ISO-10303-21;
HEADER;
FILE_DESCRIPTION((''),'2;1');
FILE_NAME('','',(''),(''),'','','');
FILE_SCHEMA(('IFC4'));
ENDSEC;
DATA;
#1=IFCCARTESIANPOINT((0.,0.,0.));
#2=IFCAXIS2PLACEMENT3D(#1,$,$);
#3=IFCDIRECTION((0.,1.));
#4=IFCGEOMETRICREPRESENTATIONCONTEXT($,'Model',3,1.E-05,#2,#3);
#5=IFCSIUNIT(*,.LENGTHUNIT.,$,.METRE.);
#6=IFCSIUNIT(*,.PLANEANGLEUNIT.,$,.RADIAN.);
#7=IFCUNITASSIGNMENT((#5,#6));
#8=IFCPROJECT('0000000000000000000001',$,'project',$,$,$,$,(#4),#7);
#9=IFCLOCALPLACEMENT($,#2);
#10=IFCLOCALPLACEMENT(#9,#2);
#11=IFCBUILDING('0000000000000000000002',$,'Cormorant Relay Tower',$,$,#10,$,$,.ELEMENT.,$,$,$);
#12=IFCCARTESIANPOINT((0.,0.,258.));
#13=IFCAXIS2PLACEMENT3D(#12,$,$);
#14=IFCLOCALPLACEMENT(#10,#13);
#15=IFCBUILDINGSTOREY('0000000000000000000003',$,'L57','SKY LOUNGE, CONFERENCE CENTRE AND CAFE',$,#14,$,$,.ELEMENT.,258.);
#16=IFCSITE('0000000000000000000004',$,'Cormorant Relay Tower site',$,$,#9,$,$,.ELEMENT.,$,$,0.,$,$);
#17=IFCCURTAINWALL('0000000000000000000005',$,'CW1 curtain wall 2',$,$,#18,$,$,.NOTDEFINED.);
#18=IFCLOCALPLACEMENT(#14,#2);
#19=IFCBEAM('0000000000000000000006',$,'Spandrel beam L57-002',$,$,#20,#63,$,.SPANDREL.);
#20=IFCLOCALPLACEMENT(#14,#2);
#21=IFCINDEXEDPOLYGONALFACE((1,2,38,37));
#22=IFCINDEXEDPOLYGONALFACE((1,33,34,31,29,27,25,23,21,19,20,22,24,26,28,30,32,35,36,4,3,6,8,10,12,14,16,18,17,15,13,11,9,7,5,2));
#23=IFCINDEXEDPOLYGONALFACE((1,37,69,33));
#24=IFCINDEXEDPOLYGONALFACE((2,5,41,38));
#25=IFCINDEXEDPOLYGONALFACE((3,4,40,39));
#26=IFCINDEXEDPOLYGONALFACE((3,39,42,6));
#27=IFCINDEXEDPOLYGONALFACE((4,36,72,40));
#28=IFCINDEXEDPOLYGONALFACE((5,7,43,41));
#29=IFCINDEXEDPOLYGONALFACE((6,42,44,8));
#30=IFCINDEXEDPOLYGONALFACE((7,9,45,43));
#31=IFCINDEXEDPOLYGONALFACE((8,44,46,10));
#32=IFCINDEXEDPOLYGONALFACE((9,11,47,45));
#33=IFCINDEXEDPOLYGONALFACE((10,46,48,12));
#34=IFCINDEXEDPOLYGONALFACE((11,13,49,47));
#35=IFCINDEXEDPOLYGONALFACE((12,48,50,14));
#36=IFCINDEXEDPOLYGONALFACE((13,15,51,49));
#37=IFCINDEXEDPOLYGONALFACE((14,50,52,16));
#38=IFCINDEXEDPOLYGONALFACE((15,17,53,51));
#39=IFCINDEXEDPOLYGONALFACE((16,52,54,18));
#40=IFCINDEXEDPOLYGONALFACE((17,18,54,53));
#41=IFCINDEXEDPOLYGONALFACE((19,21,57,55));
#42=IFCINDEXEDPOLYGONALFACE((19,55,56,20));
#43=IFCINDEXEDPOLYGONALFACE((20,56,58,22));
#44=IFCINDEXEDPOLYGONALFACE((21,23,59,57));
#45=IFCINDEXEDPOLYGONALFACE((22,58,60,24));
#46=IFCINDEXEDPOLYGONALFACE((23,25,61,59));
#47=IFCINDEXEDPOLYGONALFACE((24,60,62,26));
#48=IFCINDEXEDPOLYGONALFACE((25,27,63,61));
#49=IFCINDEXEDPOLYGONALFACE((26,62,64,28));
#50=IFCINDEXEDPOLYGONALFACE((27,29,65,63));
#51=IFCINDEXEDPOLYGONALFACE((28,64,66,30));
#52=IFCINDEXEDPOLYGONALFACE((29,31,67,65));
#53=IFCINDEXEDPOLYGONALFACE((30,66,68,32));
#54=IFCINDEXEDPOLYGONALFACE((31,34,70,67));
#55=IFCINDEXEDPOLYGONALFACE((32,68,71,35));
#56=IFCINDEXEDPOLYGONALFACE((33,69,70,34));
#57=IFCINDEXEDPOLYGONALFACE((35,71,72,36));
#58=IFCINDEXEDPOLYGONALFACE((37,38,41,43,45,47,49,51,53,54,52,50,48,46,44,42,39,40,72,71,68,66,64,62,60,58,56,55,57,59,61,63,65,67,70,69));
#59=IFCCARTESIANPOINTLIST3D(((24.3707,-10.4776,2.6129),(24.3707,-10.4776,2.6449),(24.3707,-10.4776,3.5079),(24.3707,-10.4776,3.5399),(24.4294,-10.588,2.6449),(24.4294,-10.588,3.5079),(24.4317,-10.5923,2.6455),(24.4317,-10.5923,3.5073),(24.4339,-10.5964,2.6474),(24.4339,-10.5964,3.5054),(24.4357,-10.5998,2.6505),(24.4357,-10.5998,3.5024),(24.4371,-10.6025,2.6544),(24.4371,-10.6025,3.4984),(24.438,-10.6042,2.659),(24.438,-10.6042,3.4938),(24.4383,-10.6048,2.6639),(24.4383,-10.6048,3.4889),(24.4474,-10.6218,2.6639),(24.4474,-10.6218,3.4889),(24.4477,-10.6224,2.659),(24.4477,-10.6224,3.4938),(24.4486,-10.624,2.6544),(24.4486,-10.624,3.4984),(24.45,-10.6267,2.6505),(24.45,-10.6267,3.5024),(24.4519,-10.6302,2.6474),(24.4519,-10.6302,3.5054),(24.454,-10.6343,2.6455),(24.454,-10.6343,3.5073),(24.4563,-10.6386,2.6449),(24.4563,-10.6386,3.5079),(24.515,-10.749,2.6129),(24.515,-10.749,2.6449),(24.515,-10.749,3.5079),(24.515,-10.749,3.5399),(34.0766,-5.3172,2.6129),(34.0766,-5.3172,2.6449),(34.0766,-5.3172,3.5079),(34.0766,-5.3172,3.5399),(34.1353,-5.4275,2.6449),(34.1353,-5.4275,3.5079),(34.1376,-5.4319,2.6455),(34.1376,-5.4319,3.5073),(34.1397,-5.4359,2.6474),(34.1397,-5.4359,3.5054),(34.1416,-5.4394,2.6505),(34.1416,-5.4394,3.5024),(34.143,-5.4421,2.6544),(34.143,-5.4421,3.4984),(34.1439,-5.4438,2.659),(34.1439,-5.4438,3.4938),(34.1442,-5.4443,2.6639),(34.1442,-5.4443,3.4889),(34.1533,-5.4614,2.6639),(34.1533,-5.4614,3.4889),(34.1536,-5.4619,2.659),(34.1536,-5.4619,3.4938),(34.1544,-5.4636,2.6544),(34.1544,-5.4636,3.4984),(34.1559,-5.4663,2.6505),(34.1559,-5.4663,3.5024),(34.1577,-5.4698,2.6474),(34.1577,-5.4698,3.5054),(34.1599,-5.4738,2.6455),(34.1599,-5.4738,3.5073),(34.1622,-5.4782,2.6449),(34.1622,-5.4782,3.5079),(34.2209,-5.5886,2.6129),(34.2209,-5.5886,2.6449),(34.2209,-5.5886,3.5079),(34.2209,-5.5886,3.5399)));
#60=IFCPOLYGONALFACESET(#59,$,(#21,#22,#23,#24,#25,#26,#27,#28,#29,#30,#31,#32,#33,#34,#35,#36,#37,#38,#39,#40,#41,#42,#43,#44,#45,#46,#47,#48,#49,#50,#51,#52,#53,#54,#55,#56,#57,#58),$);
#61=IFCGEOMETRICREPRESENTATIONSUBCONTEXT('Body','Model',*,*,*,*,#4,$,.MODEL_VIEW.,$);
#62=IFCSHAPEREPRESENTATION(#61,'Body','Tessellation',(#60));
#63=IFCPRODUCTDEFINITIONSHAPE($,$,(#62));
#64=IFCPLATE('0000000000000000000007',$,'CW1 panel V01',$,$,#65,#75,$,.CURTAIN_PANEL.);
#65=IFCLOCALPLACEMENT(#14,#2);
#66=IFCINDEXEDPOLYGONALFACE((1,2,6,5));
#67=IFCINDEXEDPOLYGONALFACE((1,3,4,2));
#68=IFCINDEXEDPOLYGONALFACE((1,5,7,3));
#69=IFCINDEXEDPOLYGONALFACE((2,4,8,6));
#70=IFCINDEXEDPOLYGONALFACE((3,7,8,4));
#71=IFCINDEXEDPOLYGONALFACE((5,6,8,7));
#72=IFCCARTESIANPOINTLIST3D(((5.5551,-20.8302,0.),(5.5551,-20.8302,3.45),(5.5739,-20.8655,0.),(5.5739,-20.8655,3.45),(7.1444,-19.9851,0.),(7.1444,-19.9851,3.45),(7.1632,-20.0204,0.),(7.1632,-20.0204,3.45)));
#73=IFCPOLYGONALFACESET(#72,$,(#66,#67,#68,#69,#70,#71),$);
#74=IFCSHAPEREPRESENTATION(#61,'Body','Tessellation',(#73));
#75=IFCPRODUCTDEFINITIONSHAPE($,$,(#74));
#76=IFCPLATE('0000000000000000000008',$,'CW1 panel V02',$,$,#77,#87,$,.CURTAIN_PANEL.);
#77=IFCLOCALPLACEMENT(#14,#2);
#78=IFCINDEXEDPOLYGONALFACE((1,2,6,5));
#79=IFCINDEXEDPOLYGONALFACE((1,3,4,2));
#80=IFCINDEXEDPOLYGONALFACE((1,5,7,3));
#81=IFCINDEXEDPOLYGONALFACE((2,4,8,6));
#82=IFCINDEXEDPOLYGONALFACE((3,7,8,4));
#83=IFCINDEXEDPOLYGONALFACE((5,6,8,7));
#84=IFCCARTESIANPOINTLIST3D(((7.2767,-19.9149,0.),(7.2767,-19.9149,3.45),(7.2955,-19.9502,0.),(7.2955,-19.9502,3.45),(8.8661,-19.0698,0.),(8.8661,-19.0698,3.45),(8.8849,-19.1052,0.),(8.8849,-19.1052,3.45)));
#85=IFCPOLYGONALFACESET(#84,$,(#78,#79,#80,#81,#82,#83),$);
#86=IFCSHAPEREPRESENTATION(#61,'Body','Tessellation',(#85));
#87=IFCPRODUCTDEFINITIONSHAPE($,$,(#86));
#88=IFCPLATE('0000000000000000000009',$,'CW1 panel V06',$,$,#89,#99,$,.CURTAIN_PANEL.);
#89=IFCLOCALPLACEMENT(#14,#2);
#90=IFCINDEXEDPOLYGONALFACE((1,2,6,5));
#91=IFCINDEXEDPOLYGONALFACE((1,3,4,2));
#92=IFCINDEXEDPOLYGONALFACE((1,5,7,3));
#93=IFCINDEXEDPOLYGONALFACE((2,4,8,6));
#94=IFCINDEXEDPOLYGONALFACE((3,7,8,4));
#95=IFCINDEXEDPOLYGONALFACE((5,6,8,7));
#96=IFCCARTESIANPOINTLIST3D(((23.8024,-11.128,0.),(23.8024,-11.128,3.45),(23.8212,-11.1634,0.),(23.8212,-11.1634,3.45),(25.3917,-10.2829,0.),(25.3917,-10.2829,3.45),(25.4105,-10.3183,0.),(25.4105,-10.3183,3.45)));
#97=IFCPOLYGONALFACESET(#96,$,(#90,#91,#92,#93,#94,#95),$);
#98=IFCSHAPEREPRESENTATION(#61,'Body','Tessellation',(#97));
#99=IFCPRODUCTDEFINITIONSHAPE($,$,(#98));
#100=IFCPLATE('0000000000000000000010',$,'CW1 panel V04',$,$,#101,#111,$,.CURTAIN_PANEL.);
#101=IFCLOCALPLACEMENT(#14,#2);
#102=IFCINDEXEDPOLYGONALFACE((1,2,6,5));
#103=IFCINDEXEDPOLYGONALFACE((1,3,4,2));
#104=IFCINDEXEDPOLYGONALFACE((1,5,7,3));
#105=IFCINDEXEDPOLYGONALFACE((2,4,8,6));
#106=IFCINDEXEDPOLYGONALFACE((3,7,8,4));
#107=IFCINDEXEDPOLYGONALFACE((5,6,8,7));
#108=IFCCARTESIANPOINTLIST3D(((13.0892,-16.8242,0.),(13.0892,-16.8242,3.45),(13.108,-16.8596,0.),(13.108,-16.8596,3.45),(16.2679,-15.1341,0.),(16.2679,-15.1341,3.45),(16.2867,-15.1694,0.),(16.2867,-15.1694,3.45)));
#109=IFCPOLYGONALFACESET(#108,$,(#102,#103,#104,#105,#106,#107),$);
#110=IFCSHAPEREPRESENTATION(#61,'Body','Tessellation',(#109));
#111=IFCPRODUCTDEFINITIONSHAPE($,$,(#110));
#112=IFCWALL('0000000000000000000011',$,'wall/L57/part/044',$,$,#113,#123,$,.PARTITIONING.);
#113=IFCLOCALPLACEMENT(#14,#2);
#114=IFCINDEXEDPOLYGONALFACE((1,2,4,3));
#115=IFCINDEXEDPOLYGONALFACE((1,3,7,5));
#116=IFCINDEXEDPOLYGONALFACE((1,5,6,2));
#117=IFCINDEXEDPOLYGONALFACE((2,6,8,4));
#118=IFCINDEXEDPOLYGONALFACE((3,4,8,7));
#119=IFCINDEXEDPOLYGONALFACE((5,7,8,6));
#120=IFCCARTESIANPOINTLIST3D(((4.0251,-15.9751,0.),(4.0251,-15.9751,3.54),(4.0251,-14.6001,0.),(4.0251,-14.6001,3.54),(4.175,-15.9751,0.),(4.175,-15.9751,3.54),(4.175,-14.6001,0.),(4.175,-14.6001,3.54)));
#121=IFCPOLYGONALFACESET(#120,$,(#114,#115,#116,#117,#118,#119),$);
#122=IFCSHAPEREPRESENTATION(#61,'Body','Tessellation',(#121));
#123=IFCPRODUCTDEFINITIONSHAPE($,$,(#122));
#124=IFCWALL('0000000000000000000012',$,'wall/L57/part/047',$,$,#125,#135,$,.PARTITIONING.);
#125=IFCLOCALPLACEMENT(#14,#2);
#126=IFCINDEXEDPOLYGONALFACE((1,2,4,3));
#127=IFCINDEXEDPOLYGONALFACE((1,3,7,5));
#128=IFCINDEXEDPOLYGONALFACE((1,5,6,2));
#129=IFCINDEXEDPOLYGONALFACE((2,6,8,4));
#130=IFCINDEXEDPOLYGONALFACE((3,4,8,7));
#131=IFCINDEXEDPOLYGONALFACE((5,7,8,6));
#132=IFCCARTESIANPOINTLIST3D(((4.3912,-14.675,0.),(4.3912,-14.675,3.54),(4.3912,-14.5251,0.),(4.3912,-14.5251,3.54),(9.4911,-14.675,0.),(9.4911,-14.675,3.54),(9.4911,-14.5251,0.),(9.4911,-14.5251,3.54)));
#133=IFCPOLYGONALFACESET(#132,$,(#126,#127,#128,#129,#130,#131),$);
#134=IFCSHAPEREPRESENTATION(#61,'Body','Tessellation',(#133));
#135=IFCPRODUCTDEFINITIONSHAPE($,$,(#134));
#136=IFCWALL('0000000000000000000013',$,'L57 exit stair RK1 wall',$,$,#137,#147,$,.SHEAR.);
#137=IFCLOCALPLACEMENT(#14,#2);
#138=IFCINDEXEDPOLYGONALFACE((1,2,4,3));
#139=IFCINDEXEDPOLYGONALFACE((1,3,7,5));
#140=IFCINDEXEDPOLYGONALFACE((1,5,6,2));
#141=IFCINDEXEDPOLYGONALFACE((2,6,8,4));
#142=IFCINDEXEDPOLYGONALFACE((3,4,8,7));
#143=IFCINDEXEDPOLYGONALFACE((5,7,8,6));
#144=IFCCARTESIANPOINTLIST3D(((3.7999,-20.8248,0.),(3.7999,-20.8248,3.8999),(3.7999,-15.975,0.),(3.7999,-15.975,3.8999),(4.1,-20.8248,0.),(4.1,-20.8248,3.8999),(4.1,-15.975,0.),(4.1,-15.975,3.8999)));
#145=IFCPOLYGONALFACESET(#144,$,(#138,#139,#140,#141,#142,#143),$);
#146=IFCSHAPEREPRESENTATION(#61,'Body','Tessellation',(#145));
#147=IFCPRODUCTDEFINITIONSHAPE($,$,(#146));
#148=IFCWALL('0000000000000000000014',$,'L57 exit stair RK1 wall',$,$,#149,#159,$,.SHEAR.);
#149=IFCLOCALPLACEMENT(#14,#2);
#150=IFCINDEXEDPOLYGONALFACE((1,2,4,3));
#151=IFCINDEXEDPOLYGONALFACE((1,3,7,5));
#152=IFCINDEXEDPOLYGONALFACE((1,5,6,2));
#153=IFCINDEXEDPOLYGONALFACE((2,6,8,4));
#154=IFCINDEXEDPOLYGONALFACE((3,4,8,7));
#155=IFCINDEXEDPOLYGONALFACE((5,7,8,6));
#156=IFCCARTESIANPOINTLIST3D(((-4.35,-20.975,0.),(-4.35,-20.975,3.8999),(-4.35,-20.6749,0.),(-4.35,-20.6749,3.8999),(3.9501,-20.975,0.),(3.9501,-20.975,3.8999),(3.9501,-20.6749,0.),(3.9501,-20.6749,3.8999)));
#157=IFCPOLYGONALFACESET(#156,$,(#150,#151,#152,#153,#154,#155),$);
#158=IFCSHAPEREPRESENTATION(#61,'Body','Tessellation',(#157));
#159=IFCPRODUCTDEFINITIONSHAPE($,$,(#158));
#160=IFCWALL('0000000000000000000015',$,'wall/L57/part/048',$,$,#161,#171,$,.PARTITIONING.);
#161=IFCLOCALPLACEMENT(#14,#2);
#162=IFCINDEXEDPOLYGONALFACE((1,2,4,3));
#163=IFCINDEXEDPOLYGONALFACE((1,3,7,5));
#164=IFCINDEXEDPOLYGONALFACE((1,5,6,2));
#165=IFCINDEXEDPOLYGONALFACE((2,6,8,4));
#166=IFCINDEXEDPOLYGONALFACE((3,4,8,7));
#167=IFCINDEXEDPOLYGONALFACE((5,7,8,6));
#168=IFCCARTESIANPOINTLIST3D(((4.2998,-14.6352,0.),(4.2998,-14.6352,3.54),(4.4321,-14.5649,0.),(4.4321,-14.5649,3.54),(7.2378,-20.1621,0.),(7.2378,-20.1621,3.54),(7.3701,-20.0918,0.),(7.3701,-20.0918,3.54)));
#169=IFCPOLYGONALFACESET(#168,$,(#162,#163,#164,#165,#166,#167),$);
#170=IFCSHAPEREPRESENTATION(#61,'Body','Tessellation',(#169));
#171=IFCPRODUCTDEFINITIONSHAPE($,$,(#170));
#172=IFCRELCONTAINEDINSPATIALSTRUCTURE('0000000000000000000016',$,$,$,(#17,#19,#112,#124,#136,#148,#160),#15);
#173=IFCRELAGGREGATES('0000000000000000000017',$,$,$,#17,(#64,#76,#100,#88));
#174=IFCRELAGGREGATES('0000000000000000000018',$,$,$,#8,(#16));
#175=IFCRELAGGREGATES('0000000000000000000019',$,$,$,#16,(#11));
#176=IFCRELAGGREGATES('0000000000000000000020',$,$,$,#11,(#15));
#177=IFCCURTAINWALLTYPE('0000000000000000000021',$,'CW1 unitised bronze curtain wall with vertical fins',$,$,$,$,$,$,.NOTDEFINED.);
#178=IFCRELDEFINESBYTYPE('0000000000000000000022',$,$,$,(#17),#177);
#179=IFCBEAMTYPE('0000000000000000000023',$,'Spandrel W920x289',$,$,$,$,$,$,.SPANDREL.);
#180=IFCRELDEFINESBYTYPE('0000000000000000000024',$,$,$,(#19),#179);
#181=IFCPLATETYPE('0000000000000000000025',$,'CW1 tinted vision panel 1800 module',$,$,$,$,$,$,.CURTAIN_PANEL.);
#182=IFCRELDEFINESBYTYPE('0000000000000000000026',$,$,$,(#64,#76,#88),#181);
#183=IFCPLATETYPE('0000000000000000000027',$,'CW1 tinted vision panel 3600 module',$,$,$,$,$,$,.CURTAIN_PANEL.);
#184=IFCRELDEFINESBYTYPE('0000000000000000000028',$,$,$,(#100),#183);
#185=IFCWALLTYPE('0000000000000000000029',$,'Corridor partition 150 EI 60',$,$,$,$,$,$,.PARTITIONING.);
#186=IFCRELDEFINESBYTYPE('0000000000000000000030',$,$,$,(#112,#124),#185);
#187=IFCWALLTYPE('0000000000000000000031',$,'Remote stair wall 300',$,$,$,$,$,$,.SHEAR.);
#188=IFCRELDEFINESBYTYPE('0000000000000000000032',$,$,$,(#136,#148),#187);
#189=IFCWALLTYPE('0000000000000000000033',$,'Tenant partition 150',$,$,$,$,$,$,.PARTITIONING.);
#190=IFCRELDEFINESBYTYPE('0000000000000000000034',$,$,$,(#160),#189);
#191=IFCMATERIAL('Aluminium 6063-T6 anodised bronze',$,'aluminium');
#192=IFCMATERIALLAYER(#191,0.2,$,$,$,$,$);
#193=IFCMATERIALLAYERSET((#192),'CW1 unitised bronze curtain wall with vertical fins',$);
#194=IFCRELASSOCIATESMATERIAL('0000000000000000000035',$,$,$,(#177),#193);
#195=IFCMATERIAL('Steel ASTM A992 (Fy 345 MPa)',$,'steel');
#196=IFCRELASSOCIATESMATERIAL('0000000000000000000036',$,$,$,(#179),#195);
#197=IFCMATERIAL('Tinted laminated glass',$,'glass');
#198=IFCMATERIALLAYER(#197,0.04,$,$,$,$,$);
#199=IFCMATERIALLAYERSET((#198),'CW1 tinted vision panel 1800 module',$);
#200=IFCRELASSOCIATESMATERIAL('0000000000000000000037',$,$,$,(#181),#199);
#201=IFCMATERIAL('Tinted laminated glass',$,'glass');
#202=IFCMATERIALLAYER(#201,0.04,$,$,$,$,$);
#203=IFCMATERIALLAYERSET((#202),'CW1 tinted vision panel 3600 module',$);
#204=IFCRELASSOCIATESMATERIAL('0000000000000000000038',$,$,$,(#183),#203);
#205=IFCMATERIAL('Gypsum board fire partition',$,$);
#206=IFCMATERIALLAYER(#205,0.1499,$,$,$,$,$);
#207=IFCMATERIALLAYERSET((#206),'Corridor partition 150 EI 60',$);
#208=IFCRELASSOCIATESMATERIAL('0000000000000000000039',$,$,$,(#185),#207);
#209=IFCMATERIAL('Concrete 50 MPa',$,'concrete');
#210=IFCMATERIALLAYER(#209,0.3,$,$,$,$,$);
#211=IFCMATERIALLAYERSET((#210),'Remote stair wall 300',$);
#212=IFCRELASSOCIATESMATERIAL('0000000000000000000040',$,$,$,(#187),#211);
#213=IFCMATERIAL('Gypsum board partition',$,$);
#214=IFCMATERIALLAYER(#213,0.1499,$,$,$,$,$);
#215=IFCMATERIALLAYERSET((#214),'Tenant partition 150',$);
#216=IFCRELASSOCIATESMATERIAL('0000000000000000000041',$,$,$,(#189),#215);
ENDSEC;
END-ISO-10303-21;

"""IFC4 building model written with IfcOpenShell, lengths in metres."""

from ifc_helpers import new_model, si_unit, direction, frame, frame_2d, origin, origin_2d, place, context, subcontext, project, spatial, rectangle, i_section, extrude, material, layer, layer_set, material_profile, profile_set, type_object, element, aggregate, save


model = new_model("IFC4")

# Units and contexts
model_context = context("Model", 3, precision=1e-05, world=origin(), true_north=direction((0.0, 1.0)))
body_context = subcontext(model_context, "Body", "Model", "MODEL_VIEW")
ifc_project = project(units=[si_unit("LENGTHUNIT", "METRE"), si_unit("PLANEANGLEUNIT", "RADIAN")], contexts=[model_context])

# Site, building, storey
site_placement = place(None, origin())
site = spatial("IfcSite", under=ifc_project, at=site_placement, Name="Cormorant Relay Tower site", CompositionType="ELEMENT", RefElevation=0.0)
building_placement = place(site_placement, origin())
building = spatial("IfcBuilding", under=site, at=building_placement, Name="Cormorant Relay Tower", CompositionType="ELEMENT")
storey_placement = place(building_placement, frame((0.0, 0.0, 258.0)))
storey = spatial("IfcBuildingStorey", under=building, at=storey_placement, Name="L57", Description="SKY LOUNGE, CONFERENCE CENTRE AND CAFE", CompositionType="ELEMENT", Elevation=258.0)

# Curtain wall
ifc_material_1 = material(Name="Aluminium 6063-T6 anodised bronze", Category="aluminium")
ifc_layer_1 = layer(ifc_material_1, 0.2)
ifc_layer_set_1 = layer_set([ifc_layer_1], Name="CW1 unitised bronze curtain wall with vertical fins")
curtain_wall_type = type_object("IfcCurtainWallType", Name="CW1 unitised bronze curtain wall with vertical fins", PredefinedType="NOTDEFINED", material=ifc_layer_set_1)
curtain_wall_1_placement = place(storey_placement, origin())
curtain_wall_1 = element("IfcCurtainWall", 1, at=curtain_wall_1_placement, inside=storey, type_object=curtain_wall_type, Name="CW1 curtain wall 2", PredefinedType="NOTDEFINED")

# Beam
ifc_material_2 = material(Name="Steel ASTM A992 (Fy 345 MPa)", Category="steel")
ifc_material_profile_1 = material_profile(ifc_material_2, i_section(OverallWidth=0.3074, OverallDepth=0.927, WebThickness=0.0193, FlangeThickness=0.032, FilletRadius=0.019, at=origin_2d()), Name="W920x289")
ifc_profile_set_1 = profile_set([ifc_material_profile_1], Name="Steel ASTM A992 (Fy 345 MPa)")
beam_type = type_object("IfcBeamType", Name="Spandrel W920x289", PredefinedType="SPANDREL", material=ifc_profile_set_1)
beam_placement = place(storey_placement, frame((24.4429, -10.6133, 3.0764), z_axis=(0.882958, 0.469452, 0.0), x_axis=(-0.469452, 0.882958, 0.0)))
element("IfcBeam", 2, at=beam_placement, inside=storey, type_object=beam_type, Name="Spandrel beam L57-002", PredefinedType="SPANDREL", context=body_context, shape_type="SweptSolid", body=[
    extrude(i_section(OverallWidth=0.3074, OverallDepth=0.927, WebThickness=0.0193, FlangeThickness=0.032, FilletRadius=0.019, at=origin_2d()), origin(), (0.0, 0.0, 1.0), 10.9924),
])

# Plates
ifc_material_3 = material(Name="Tinted laminated glass", Category="glass")
ifc_layer_2 = layer(ifc_material_3, 0.04)
ifc_layer_set_2 = layer_set([ifc_layer_2], Name="CW1 tinted vision panel 1800 module")
plate_type_1 = type_object("IfcPlateType", Name="CW1 tinted vision panel 1800 module", PredefinedType="CURTAIN_PANEL", material=ifc_layer_set_2)
plate_1_placement = place(storey_placement, frame((6.3591, -20.4253, 0.0), z_axis=(0.0, 0.0, 1.0), x_axis=(0.882948, 0.469472, 0.0)))
plate_1 = element("IfcPlate", 3, at=plate_1_placement, type_object=plate_type_1, Name="CW1 panel V01", PredefinedType="CURTAIN_PANEL", context=body_context, shape_type="SweptSolid", body=[
    extrude(rectangle(XDim=1.8, YDim=0.04, at=origin_2d()), origin(), (0.0, 0.0, 1.0), 3.45),
])
plate_2_placement = place(storey_placement, frame((8.0808, -19.51, 0.0), z_axis=(0.0, 0.0, 1.0), x_axis=(0.882948, 0.469472, 0.0)))
plate_2 = element("IfcPlate", 4, at=plate_2_placement, type_object=plate_type_1, Name="CW1 panel V02", PredefinedType="CURTAIN_PANEL", context=body_context, shape_type="SweptSolid", body=[
    extrude(rectangle(XDim=1.8, YDim=0.04, at=origin_2d()), origin(), (0.0, 0.0, 1.0), 3.45),
])
plate_3_placement = place(storey_placement, frame((24.6064, -10.7231, 0.0), z_axis=(0.0, 0.0, 1.0), x_axis=(0.882948, 0.469472, 0.0)))
plate_3 = element("IfcPlate", 5, at=plate_3_placement, type_object=plate_type_1, Name="CW1 panel V06", PredefinedType="CURTAIN_PANEL", context=body_context, shape_type="SweptSolid", body=[
    extrude(rectangle(XDim=1.8, YDim=0.04, at=origin_2d()), origin(), (0.0, 0.0, 1.0), 3.45),
])
ifc_material_4 = material(Name="Tinted laminated glass", Category="glass")
ifc_layer_3 = layer(ifc_material_4, 0.04)
ifc_layer_set_3 = layer_set([ifc_layer_3], Name="CW1 tinted vision panel 3600 module")
plate_type_2 = type_object("IfcPlateType", Name="CW1 tinted vision panel 3600 module", PredefinedType="CURTAIN_PANEL", material=ifc_layer_set_3)
plate_4_placement = place(storey_placement, frame((14.688, -15.9968, 0.0), z_axis=(0.0, 0.0, 1.0), x_axis=(0.882948, 0.469472, 0.0)))
plate_4 = element("IfcPlate", 6, at=plate_4_placement, type_object=plate_type_2, Name="CW1 panel V04", PredefinedType="CURTAIN_PANEL", context=body_context, shape_type="SweptSolid", body=[
    extrude(rectangle(XDim=3.6001, YDim=0.04, at=origin_2d()), origin(), (0.0, 0.0, 1.0), 3.45),
])

# Walls
ifc_material_5 = material(Name="Gypsum board fire partition")
ifc_layer_4 = layer(ifc_material_5, 0.1499)
ifc_layer_set_4 = layer_set([ifc_layer_4], Name="Corridor partition 150 EI 60")
wall_type_1 = type_object("IfcWallType", Name="Corridor partition 150 EI 60", PredefinedType="PARTITIONING", material=ifc_layer_set_4)
wall_1_placement = place(storey_placement, frame((4.1001, -14.6001, 0.0), z_axis=(0.0, 0.0, 1.0), x_axis=(0.0, -1.0, 0.0)))
element("IfcWall", 7, at=wall_1_placement, inside=storey, type_object=wall_type_1, Name="wall/L57/part/044", PredefinedType="PARTITIONING", context=body_context, shape_type="SweptSolid", body=[
    extrude(rectangle(XDim=1.375, YDim=0.1499, at=frame_2d((0.6875, 0.0))), origin(), (0.0, 0.0, 1.0), 3.54),
])
wall_2_placement = place(storey_placement, frame((9.491, -14.6001, 0.0), z_axis=(0.0, 0.0, 1.0), x_axis=(-1.0, 0.0, 0.0)))
element("IfcWall", 8, at=wall_2_placement, inside=storey, type_object=wall_type_1, Name="wall/L57/part/047", PredefinedType="PARTITIONING", context=body_context, shape_type="SweptSolid", body=[
    extrude(rectangle(XDim=5.0999, YDim=0.1499, at=frame_2d((2.5498, 0.0))), origin(), (0.0, 0.0, 1.0), 3.54),
])
ifc_material_6 = material(Name="Concrete 50 MPa", Category="concrete")
ifc_layer_5 = layer(ifc_material_6, 0.3)
ifc_layer_set_5 = layer_set([ifc_layer_5], Name="Remote stair wall 300")
wall_type_2 = type_object("IfcWallType", Name="Remote stair wall 300", PredefinedType="SHEAR", material=ifc_layer_set_5)
wall_3_placement = place(storey_placement, frame((3.95, -15.9751, 0.0), z_axis=(0.0, 0.0, 1.0), x_axis=(0.0, -1.0, 0.0)))
element("IfcWall", 9, at=wall_3_placement, inside=storey, type_object=wall_type_2, Name="L57 exit stair RK1 wall", PredefinedType="SHEAR", context=body_context, shape_type="SweptSolid", body=[
    extrude(rectangle(XDim=4.8499, YDim=0.3, at=frame_2d((2.4248, 0.0))), origin(), (0.0, 0.0, 1.0), 3.8999),
])
wall_4_placement = place(storey_placement, frame((3.95, -20.825, 0.0), z_axis=(0.0, 0.0, 1.0), x_axis=(-1.0, 0.0, 0.0)))
element("IfcWall", 10, at=wall_4_placement, inside=storey, type_object=wall_type_2, Name="L57 exit stair RK1 wall", PredefinedType="SHEAR", context=body_context, shape_type="SweptSolid", body=[
    extrude(rectangle(XDim=8.3, YDim=0.3, at=frame_2d((4.1499, 0.0))), origin(), (0.0, 0.0, 1.0), 3.8999),
])
ifc_material_7 = material(Name="Gypsum board partition")
ifc_layer_6 = layer(ifc_material_7, 0.1499)
ifc_layer_set_6 = layer_set([ifc_layer_6], Name="Tenant partition 150")
wall_type_3 = type_object("IfcWallType", Name="Tenant partition 150", PredefinedType="PARTITIONING", material=ifc_layer_set_6)
wall_5_placement = place(storey_placement, frame((7.304, -20.127, 0.0), z_axis=(0.0, 0.0, 1.0), x_axis=(-0.469385, 0.882993, 0.0)))
element("IfcWall", 11, at=wall_5_placement, inside=storey, type_object=wall_type_3, Name="wall/L57/part/048", PredefinedType="PARTITIONING", context=body_context, shape_type="SweptSolid", body=[
    extrude(rectangle(XDim=6.2593, YDim=0.1499, at=frame_2d((3.1296, 0.0))), origin(), (0.0, 0.0, 1.0), 3.54),
])

aggregate(curtain_wall_1, [plate_1, plate_2, plate_4, plate_3])

save(model, "model.ifc")
